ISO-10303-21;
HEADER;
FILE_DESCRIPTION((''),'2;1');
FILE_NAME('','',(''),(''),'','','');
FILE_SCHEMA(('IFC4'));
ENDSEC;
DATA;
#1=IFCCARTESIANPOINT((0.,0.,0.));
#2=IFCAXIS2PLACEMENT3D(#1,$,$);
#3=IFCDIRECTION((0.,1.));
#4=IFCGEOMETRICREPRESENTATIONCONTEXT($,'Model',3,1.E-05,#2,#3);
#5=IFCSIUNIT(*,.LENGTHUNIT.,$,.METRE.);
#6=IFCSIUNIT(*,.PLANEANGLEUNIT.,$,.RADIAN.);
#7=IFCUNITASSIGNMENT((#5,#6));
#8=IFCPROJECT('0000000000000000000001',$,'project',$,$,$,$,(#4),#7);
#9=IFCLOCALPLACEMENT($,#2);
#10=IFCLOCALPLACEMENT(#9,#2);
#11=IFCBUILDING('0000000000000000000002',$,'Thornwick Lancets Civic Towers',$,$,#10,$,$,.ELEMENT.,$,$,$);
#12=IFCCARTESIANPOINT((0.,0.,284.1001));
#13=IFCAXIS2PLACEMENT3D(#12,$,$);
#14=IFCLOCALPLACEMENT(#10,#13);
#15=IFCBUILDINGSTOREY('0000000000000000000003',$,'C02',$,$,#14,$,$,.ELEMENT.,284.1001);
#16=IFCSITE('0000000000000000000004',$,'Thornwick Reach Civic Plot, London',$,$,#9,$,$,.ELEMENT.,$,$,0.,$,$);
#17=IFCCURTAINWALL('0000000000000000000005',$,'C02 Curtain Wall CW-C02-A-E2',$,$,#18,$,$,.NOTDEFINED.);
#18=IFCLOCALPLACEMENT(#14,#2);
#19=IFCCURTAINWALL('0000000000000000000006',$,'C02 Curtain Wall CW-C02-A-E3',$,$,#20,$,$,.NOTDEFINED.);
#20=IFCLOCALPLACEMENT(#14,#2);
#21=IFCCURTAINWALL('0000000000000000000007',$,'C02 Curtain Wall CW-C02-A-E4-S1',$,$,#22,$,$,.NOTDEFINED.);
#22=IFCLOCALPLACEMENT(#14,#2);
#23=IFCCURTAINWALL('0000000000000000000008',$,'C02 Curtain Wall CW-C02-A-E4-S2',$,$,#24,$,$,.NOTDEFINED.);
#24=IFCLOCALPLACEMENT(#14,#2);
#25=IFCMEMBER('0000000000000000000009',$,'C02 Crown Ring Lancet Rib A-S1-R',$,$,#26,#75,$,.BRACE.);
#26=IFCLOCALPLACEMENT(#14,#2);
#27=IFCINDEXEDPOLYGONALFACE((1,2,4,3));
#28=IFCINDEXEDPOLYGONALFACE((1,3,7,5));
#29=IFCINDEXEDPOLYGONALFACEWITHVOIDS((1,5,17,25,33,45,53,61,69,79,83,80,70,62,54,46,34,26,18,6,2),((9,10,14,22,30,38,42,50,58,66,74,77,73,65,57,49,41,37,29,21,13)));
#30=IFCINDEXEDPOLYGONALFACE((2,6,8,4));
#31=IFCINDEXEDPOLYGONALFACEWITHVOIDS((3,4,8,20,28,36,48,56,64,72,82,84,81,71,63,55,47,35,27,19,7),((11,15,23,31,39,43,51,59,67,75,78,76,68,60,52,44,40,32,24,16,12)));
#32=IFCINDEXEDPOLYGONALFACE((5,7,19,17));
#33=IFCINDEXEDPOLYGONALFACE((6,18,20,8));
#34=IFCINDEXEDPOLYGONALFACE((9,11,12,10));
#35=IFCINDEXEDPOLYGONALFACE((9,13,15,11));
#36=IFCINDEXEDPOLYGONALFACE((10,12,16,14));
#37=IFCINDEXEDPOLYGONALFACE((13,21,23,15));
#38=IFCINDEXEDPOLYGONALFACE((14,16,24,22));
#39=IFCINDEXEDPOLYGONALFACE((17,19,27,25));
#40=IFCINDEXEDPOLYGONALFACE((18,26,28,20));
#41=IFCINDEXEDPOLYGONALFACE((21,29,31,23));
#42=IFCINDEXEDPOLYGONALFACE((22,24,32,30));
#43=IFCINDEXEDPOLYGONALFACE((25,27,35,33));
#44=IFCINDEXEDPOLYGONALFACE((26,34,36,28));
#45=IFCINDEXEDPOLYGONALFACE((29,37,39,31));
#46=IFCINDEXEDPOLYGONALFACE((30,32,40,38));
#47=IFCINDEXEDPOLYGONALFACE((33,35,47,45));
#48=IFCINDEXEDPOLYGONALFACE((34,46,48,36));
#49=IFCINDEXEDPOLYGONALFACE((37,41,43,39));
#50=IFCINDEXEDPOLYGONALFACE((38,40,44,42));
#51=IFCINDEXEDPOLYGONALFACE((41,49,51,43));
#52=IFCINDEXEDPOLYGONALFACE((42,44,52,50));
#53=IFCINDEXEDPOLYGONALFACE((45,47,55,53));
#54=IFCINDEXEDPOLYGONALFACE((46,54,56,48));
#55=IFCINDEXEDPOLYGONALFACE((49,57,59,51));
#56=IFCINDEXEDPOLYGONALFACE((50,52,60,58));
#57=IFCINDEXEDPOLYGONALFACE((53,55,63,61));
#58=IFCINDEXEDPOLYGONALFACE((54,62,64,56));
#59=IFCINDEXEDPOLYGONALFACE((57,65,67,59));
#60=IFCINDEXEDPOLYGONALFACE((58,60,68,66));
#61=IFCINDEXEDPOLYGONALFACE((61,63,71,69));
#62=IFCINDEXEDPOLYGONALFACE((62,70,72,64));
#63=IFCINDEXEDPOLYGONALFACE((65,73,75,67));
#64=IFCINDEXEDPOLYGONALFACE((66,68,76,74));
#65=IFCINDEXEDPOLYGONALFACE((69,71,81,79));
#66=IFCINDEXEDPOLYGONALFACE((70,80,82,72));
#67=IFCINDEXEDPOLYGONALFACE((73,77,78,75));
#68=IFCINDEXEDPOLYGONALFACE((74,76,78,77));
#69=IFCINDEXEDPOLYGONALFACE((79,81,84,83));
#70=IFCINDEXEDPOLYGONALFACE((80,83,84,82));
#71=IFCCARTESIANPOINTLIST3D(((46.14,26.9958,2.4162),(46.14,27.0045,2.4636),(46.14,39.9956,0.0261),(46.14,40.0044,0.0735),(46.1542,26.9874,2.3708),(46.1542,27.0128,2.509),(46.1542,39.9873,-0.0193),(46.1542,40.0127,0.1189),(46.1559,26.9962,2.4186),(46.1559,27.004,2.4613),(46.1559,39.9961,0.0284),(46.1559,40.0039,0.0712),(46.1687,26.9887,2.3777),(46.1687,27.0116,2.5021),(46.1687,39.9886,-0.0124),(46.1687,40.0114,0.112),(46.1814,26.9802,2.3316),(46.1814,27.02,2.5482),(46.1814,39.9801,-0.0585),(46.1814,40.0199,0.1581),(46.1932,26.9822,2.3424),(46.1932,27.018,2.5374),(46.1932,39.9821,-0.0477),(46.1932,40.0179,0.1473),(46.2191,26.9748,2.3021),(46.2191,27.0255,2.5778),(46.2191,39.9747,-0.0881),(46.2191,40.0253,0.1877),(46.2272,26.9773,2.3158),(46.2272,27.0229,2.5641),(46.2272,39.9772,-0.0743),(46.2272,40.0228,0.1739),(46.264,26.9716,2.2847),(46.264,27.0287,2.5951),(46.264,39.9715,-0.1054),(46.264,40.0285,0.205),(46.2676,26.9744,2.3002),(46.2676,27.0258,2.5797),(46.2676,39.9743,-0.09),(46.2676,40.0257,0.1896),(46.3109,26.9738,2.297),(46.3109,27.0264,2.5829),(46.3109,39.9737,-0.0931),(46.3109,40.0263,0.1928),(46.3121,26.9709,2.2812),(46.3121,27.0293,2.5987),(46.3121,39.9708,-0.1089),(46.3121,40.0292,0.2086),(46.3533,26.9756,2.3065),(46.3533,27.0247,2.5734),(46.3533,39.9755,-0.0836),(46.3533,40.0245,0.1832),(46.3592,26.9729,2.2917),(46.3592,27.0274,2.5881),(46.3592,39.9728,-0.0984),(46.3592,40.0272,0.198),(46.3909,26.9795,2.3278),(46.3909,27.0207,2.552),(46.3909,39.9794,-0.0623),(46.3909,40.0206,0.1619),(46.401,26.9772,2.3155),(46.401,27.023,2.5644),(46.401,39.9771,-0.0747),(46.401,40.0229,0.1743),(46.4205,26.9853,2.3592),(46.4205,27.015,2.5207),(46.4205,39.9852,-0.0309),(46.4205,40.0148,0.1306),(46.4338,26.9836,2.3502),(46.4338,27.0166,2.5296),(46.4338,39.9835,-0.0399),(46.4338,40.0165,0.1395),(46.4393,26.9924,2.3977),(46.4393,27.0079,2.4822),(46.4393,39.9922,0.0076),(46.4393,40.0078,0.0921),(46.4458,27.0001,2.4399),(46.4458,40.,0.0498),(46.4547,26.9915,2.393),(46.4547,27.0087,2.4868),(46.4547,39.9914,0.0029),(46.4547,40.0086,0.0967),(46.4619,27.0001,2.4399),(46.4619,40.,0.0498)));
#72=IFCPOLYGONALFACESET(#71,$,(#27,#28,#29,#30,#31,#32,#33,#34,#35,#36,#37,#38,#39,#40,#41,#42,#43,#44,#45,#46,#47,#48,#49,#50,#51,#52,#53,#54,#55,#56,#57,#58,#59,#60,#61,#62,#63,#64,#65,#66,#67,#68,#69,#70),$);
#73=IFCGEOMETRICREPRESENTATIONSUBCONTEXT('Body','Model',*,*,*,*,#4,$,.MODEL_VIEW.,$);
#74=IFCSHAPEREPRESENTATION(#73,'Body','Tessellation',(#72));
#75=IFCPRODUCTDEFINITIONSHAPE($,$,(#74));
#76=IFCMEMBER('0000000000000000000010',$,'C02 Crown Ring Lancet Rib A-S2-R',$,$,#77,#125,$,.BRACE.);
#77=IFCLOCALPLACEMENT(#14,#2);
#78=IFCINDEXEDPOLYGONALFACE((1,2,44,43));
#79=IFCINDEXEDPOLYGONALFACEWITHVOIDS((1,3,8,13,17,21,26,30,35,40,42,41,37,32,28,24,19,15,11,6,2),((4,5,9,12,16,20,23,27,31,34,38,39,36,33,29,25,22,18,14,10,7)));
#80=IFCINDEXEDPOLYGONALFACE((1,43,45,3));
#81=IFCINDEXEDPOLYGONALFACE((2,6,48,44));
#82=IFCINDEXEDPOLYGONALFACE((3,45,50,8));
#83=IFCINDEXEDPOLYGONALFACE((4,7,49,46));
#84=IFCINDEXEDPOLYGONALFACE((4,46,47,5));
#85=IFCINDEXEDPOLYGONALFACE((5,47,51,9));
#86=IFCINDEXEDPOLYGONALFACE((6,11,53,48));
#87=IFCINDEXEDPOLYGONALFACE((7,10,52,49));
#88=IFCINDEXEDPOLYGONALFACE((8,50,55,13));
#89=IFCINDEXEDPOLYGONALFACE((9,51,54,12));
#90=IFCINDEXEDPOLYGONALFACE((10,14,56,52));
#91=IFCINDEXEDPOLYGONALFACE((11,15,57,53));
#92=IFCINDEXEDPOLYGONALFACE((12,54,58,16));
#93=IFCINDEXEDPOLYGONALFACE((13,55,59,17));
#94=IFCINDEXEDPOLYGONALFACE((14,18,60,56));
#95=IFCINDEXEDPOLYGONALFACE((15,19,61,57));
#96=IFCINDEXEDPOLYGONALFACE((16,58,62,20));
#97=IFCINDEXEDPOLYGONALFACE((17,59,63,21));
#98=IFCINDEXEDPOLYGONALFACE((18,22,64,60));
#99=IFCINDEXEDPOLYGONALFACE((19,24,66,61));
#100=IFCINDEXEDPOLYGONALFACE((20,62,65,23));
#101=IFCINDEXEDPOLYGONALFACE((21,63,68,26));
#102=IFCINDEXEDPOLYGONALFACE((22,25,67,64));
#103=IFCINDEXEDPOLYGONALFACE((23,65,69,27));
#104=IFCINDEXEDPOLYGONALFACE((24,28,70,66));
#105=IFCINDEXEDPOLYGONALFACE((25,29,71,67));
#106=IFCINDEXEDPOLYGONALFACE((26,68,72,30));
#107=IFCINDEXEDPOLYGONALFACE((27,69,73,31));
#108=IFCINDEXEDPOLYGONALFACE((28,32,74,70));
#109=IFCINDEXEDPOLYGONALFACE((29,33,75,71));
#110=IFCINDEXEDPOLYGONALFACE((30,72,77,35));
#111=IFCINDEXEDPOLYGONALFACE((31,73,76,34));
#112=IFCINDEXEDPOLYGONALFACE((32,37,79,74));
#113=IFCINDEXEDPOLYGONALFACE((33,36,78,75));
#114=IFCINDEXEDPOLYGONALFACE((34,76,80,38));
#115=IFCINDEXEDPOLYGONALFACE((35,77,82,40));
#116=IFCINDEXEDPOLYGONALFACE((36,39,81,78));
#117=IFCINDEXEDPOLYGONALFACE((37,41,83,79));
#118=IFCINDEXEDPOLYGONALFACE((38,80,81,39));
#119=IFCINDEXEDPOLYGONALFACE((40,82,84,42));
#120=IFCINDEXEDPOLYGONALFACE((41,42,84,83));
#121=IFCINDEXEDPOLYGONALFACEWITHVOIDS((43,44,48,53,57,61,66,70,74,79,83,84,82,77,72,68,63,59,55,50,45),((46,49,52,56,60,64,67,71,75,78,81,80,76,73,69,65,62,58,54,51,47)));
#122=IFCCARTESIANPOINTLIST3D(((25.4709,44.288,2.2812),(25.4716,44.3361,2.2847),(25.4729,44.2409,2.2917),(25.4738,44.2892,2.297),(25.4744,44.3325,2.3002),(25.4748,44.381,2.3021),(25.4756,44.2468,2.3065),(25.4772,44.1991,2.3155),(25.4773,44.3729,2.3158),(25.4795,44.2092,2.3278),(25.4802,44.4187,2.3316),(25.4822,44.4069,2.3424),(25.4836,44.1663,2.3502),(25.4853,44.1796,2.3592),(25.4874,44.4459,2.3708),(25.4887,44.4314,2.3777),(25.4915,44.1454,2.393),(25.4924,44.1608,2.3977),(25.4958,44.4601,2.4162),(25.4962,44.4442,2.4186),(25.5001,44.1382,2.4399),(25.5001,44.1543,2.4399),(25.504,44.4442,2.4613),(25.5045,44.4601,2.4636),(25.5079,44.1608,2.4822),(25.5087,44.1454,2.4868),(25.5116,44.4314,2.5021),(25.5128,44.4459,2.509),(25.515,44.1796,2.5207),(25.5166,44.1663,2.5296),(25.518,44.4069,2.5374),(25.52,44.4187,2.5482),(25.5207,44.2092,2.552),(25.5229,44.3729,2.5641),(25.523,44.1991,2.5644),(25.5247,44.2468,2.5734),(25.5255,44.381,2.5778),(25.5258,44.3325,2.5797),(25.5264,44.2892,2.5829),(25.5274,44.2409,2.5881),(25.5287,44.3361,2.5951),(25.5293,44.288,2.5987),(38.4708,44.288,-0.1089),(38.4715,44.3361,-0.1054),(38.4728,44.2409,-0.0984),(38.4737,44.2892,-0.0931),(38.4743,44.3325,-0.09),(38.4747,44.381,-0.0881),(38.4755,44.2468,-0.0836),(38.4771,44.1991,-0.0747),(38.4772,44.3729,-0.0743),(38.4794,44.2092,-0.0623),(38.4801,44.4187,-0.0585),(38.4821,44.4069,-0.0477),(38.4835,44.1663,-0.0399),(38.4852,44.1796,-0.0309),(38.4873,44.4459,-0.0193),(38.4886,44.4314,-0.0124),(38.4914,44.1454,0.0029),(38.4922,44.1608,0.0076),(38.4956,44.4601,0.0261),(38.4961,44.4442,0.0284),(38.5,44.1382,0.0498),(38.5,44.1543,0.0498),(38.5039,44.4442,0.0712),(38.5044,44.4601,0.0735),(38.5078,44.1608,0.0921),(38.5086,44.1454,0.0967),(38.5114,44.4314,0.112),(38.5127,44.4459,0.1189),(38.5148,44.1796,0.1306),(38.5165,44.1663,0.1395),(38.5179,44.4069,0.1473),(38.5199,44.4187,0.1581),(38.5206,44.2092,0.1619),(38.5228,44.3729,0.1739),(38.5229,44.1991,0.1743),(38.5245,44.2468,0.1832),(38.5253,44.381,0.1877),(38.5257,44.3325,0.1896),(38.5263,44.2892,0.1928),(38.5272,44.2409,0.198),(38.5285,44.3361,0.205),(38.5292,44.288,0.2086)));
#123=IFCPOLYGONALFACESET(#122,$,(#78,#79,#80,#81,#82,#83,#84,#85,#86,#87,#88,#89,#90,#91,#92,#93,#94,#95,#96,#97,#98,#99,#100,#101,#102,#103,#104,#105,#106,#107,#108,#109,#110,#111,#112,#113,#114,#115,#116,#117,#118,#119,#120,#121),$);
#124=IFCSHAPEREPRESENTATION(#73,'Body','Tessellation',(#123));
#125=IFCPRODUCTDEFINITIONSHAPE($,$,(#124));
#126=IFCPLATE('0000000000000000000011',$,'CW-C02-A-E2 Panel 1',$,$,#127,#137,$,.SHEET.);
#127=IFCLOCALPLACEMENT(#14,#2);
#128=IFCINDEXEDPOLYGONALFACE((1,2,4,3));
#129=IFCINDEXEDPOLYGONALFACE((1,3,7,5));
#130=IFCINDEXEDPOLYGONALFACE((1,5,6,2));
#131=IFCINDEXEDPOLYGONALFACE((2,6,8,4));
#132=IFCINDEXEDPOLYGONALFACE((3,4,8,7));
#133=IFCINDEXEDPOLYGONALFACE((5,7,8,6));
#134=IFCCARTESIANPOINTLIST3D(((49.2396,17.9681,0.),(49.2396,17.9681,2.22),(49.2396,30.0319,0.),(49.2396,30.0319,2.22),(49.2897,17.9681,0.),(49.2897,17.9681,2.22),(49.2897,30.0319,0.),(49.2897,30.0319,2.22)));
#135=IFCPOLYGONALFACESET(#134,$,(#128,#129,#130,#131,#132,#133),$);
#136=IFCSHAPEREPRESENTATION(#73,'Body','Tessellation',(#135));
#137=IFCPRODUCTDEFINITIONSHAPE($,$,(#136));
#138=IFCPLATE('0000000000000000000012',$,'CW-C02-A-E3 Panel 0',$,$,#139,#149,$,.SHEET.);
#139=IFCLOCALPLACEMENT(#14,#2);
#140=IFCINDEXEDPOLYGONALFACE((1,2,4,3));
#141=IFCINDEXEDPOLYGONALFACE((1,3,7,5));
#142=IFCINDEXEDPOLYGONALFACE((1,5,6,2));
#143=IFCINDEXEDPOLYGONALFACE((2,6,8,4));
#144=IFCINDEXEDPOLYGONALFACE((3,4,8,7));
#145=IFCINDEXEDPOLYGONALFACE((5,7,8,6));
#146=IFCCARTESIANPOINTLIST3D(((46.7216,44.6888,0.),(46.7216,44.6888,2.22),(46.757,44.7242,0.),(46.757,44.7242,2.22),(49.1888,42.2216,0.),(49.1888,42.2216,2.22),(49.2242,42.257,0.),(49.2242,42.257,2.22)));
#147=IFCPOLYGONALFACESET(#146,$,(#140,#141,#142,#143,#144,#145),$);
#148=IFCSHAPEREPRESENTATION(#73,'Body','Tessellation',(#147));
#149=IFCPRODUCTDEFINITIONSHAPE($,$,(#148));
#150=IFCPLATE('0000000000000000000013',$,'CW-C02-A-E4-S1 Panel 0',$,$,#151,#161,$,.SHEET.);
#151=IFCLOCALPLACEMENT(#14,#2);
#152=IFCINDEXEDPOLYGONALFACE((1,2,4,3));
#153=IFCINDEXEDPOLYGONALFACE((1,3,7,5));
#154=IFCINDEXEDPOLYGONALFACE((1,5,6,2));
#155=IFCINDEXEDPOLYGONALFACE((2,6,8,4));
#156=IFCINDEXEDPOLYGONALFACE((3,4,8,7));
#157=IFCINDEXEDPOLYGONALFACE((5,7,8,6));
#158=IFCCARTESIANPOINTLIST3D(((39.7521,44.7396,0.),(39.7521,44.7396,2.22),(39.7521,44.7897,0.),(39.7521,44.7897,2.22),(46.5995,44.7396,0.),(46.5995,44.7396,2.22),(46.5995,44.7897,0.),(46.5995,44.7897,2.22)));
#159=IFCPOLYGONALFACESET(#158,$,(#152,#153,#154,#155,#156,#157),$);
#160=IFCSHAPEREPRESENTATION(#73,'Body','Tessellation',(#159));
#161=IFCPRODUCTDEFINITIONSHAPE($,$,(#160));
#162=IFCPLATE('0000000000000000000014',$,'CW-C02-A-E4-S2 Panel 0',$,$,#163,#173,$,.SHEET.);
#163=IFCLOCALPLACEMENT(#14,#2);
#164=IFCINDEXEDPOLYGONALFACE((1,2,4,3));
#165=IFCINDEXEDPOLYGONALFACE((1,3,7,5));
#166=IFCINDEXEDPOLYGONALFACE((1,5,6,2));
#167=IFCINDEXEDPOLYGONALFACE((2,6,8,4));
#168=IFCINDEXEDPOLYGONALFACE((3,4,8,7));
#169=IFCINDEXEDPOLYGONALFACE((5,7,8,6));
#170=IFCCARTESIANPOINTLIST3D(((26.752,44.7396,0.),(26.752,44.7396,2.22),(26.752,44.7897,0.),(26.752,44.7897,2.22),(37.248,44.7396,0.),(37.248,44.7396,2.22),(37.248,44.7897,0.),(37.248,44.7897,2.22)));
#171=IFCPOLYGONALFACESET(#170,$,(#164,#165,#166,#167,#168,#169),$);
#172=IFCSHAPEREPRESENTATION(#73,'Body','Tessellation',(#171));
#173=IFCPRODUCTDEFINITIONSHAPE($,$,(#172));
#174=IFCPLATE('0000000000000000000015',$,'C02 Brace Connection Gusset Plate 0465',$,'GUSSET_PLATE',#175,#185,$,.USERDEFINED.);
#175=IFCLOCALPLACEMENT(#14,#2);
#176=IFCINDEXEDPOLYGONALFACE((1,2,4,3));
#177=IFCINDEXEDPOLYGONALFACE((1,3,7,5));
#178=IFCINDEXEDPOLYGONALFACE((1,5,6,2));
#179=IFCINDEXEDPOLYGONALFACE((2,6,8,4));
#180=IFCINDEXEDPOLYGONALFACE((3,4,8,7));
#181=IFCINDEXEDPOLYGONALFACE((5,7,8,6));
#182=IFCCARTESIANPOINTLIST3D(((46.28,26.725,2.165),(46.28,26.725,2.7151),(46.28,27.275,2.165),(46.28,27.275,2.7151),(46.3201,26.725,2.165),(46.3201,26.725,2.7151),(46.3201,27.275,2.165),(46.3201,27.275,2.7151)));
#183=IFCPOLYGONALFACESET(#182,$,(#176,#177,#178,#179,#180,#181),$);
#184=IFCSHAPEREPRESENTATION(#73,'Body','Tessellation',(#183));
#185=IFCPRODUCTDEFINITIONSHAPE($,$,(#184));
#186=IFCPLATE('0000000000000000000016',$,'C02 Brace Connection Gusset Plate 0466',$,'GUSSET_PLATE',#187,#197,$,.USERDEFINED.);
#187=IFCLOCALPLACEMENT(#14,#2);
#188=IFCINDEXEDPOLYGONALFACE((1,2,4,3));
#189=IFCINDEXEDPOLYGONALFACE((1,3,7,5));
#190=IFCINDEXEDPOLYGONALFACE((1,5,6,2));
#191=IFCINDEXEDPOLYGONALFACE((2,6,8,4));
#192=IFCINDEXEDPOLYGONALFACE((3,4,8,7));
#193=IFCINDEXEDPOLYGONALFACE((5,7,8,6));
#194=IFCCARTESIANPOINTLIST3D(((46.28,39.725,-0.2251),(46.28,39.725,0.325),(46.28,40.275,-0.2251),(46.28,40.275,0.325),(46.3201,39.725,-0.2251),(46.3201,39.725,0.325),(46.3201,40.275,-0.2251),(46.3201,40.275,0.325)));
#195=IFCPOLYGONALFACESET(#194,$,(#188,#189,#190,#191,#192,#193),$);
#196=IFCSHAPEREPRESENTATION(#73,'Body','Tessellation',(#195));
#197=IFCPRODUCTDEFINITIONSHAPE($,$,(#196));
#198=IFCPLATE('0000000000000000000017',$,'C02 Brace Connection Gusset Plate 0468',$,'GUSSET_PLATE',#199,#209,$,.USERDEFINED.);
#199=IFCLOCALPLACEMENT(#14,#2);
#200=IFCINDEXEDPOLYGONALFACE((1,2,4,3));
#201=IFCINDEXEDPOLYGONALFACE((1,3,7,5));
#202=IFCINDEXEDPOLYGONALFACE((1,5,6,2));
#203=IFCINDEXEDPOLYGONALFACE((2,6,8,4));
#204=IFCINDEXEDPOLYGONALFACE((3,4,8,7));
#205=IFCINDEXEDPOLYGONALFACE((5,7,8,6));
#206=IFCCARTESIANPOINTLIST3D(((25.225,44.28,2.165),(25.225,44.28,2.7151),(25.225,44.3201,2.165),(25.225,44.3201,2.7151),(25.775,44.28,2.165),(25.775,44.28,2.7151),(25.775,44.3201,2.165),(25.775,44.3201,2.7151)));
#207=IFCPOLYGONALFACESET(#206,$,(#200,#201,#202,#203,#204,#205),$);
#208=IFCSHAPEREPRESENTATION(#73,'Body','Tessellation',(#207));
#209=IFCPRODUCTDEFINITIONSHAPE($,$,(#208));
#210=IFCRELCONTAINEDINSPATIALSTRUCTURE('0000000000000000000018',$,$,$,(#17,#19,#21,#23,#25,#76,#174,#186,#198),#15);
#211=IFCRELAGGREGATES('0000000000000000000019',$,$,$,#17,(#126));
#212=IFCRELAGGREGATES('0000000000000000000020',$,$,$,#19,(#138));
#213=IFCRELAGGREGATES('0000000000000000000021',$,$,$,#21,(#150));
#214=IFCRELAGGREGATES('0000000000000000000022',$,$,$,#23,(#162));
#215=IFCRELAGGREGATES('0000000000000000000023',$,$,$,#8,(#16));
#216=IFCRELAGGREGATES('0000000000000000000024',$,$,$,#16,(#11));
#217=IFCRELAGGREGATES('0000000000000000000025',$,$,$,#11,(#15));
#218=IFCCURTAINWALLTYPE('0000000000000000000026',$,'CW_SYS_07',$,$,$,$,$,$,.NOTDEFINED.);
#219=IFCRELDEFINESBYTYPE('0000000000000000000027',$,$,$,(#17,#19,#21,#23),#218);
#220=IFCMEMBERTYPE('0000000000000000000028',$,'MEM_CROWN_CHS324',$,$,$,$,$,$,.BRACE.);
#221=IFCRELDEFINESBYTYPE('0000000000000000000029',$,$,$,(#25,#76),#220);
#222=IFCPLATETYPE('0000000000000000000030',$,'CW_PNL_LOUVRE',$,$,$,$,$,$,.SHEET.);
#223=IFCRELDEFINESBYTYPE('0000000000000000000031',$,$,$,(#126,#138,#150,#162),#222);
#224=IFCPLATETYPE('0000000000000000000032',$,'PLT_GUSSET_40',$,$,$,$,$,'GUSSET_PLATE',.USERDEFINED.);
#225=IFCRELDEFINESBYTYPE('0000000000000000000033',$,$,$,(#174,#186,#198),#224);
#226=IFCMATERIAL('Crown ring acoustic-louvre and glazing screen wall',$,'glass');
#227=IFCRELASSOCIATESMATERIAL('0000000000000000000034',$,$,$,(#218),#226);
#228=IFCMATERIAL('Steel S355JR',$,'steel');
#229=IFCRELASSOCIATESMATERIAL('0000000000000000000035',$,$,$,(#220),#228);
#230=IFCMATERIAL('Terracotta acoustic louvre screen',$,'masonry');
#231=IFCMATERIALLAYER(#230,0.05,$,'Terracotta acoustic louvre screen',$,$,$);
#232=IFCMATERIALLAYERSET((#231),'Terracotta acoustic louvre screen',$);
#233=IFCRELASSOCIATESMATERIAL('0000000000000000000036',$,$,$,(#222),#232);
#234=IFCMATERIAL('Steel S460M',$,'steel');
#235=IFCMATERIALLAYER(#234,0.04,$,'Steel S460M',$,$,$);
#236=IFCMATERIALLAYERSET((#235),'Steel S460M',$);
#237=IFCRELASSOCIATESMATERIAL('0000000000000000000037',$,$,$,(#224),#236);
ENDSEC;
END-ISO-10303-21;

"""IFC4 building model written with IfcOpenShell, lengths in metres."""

from ifc_helpers import new_model, si_unit, direction, frame, origin, origin_2d, place, context, subcontext, project, spatial, rectangle, hollow_circle, extrude, material, layer, layer_set, material_profile, profile_set, type_object, element, aggregate, save


model = new_model("IFC4")

# Units and contexts
model_context = context("Model", 3, precision=1e-05, world=origin(), true_north=direction((0.0, 1.0)))
body_context = subcontext(model_context, "Body", "Model", "MODEL_VIEW")
ifc_project = project(units=[si_unit("LENGTHUNIT", "METRE"), si_unit("PLANEANGLEUNIT", "RADIAN")], contexts=[model_context])

# Site, building, storey
site_placement = place(None, origin())
site = spatial("IfcSite", under=ifc_project, at=site_placement, Name="Thornwick Reach Civic Plot, London", CompositionType="ELEMENT", RefElevation=0.0)
building_placement = place(site_placement, origin())
building = spatial("IfcBuilding", under=site, at=building_placement, Name="Thornwick Lancets Civic Towers", CompositionType="ELEMENT")
storey_placement = place(building_placement, frame((0.0, 0.0, 284.1001)))
storey = spatial("IfcBuildingStorey", under=building, at=storey_placement, Name="C02", CompositionType="ELEMENT", Elevation=284.1001)

# Shared definitions
ifc_material_1 = material(Name="Steel S355JR", Category="steel")

# Curtain walls
ifc_material_2 = material(Name="Crown ring acoustic-louvre and glazing screen wall", Category="glass")
curtain_wall_type = type_object("IfcCurtainWallType", Name="CW_SYS_07", PredefinedType="NOTDEFINED", material=ifc_material_2)
curtain_wall_1_placement = place(storey_placement, origin())
curtain_wall_1 = element("IfcCurtainWall", 1, at=curtain_wall_1_placement, inside=storey, type_object=curtain_wall_type, Name="C02 Curtain Wall CW-C02-A-E2", PredefinedType="NOTDEFINED")
curtain_wall_2_placement = place(storey_placement, origin())
curtain_wall_2 = element("IfcCurtainWall", 2, at=curtain_wall_2_placement, inside=storey, type_object=curtain_wall_type, Name="C02 Curtain Wall CW-C02-A-E3", PredefinedType="NOTDEFINED")
curtain_wall_3_placement = place(storey_placement, origin())
curtain_wall_3 = element("IfcCurtainWall", 3, at=curtain_wall_3_placement, inside=storey, type_object=curtain_wall_type, Name="C02 Curtain Wall CW-C02-A-E4-S1", PredefinedType="NOTDEFINED")
curtain_wall_4_placement = place(storey_placement, origin())
curtain_wall_4 = element("IfcCurtainWall", 4, at=curtain_wall_4_placement, inside=storey, type_object=curtain_wall_type, Name="C02 Curtain Wall CW-C02-A-E4-S2", PredefinedType="NOTDEFINED")

# Members
ifc_material_profile_1 = material_profile(ifc_material_1, hollow_circle(Radius=0.1619, WallThickness=0.0161, at=origin_2d()), Name="CHS 323.9x16")
ifc_profile_set_1 = profile_set([ifc_material_profile_1], Name="Steel S355JR")
member_type_1 = type_object("IfcMemberType", Name="MEM_CROWN_CHS324", PredefinedType="BRACE", material=ifc_profile_set_1)
for number, where, z_axis, x_axis, name in (
    (5, (46.3, 40.0, 0.0498), (0.0, -0.983515, 0.180826), (1.0, 0.0, 0.0), "C02 Crown Ring Lancet Rib A-S1-R"),
    (6, (38.5, 44.3, 0.0498), (-0.983515, 0.0, 0.180826), (0.0, -1.0, 0.0), "C02 Crown Ring Lancet Rib A-S2-R"),
):
    element("IfcMember", number, at=place(storey_placement, frame(where, z_axis=z_axis, x_axis=x_axis)), inside=storey, type_object=member_type_1, Name=name, PredefinedType="BRACE", context=body_context, shape_type="SweptSolid", body=[
        extrude(hollow_circle(Radius=0.1619, WallThickness=0.0161, at=origin_2d()), origin(), (0.0, 0.0, 1.0), 13.2178),
    ])

# Plates
ifc_material_3 = material(Name="Terracotta acoustic louvre screen", Category="masonry")
ifc_layer_1 = layer(ifc_material_3, 0.05, Name="Terracotta acoustic louvre screen")
ifc_layer_set_1 = layer_set([ifc_layer_1], Name="Terracotta acoustic louvre screen")
plate_type_1 = type_object("IfcPlateType", Name="CW_PNL_LOUVRE", PredefinedType="SHEET", material=ifc_layer_set_1)
plate_1_placement = place(storey_placement, frame((49.2646, 24.0, 0.0), z_axis=(0.0, 0.0, 1.0), x_axis=(0.0, 1.0, 0.0)))
plate_1 = element("IfcPlate", 7, at=plate_1_placement, type_object=plate_type_1, Name="CW-C02-A-E2 Panel 1", PredefinedType="SHEET", context=body_context, shape_type="SweptSolid", body=[
    extrude(rectangle(XDim=12.0637, YDim=0.05, at=origin_2d()), origin(), (0.0, 0.0, 1.0), 2.22),
])
aggregate(curtain_wall_1, [plate_1])
plate_2_placement = place(storey_placement, frame((47.9729, 43.4729, 0.0), z_axis=(0.0, 0.0, 1.0), x_axis=(-0.707107, 0.707107, 0.0)))
plate_2 = element("IfcPlate", 8, at=plate_2_placement, type_object=plate_type_1, Name="CW-C02-A-E3 Panel 0", PredefinedType="SHEET", context=body_context, shape_type="SweptSolid", body=[
    extrude(rectangle(XDim=3.4893, YDim=0.05, at=origin_2d()), origin(), (0.0, 0.0, 1.0), 2.22),
])
aggregate(curtain_wall_2, [plate_2])
plate_3_placement = place(storey_placement, frame((43.1758, 44.7646, 0.0), z_axis=(0.0, 0.0, 1.0), x_axis=(-1.0, 0.0, 0.0)))
plate_3 = element("IfcPlate", 9, at=plate_3_placement, type_object=plate_type_1, Name="CW-C02-A-E4-S1 Panel 0", PredefinedType="SHEET", context=body_context, shape_type="SweptSolid", body=[
    extrude(rectangle(XDim=6.8474, YDim=0.05, at=origin_2d()), origin(), (0.0, 0.0, 1.0), 2.22),
])
aggregate(curtain_wall_3, [plate_3])
plate_4_placement = place(storey_placement, frame((32.0, 44.7646, 0.0), z_axis=(0.0, 0.0, 1.0), x_axis=(-1.0, 0.0, 0.0)))
plate_4 = element("IfcPlate", 10, at=plate_4_placement, type_object=plate_type_1, Name="CW-C02-A-E4-S2 Panel 0", PredefinedType="SHEET", context=body_context, shape_type="SweptSolid", body=[
    extrude(rectangle(XDim=10.4961, YDim=0.05, at=origin_2d()), origin(), (0.0, 0.0, 1.0), 2.22),
])
aggregate(curtain_wall_4, [plate_4])

# Plates
ifc_material_4 = material(Name="Steel S460M", Category="steel")
ifc_layer_2 = layer(ifc_material_4, 0.04, Name="Steel S460M")
ifc_layer_set_2 = layer_set([ifc_layer_2], Name="Steel S460M")
plate_type_2 = type_object("IfcPlateType", Name="PLT_GUSSET_40", ElementType="GUSSET_PLATE", PredefinedType="USERDEFINED", material=ifc_layer_set_2)
for number, where, z_axis, x_axis, name in (
    (11, (46.3, 27.0, 2.165), (0.0, 0.0, 1.0), (0.0, 1.0, 0.0), "C02 Brace Connection Gusset Plate 0465"),
    (12, (46.3, 40.0, -0.2251), (0.0, 0.0, 1.0), (0.0, -1.0, 0.0), "C02 Brace Connection Gusset Plate 0466"),
    (13, (25.5, 44.3, 2.165), (0.0, 0.0, 1.0), (1.0, 0.0, 0.0), "C02 Brace Connection Gusset Plate 0468"),
):
    element("IfcPlate", number, at=place(storey_placement, frame(where, z_axis=z_axis, x_axis=x_axis)), inside=storey, type_object=plate_type_2, Name=name, ObjectType="GUSSET_PLATE", PredefinedType="USERDEFINED", context=body_context, shape_type="SweptSolid", body=[
        extrude(rectangle(XDim=0.55, YDim=0.04, at=origin_2d()), origin(), (0.0, 0.0, 1.0), 0.55),
    ])

save(model, "model.ifc")
